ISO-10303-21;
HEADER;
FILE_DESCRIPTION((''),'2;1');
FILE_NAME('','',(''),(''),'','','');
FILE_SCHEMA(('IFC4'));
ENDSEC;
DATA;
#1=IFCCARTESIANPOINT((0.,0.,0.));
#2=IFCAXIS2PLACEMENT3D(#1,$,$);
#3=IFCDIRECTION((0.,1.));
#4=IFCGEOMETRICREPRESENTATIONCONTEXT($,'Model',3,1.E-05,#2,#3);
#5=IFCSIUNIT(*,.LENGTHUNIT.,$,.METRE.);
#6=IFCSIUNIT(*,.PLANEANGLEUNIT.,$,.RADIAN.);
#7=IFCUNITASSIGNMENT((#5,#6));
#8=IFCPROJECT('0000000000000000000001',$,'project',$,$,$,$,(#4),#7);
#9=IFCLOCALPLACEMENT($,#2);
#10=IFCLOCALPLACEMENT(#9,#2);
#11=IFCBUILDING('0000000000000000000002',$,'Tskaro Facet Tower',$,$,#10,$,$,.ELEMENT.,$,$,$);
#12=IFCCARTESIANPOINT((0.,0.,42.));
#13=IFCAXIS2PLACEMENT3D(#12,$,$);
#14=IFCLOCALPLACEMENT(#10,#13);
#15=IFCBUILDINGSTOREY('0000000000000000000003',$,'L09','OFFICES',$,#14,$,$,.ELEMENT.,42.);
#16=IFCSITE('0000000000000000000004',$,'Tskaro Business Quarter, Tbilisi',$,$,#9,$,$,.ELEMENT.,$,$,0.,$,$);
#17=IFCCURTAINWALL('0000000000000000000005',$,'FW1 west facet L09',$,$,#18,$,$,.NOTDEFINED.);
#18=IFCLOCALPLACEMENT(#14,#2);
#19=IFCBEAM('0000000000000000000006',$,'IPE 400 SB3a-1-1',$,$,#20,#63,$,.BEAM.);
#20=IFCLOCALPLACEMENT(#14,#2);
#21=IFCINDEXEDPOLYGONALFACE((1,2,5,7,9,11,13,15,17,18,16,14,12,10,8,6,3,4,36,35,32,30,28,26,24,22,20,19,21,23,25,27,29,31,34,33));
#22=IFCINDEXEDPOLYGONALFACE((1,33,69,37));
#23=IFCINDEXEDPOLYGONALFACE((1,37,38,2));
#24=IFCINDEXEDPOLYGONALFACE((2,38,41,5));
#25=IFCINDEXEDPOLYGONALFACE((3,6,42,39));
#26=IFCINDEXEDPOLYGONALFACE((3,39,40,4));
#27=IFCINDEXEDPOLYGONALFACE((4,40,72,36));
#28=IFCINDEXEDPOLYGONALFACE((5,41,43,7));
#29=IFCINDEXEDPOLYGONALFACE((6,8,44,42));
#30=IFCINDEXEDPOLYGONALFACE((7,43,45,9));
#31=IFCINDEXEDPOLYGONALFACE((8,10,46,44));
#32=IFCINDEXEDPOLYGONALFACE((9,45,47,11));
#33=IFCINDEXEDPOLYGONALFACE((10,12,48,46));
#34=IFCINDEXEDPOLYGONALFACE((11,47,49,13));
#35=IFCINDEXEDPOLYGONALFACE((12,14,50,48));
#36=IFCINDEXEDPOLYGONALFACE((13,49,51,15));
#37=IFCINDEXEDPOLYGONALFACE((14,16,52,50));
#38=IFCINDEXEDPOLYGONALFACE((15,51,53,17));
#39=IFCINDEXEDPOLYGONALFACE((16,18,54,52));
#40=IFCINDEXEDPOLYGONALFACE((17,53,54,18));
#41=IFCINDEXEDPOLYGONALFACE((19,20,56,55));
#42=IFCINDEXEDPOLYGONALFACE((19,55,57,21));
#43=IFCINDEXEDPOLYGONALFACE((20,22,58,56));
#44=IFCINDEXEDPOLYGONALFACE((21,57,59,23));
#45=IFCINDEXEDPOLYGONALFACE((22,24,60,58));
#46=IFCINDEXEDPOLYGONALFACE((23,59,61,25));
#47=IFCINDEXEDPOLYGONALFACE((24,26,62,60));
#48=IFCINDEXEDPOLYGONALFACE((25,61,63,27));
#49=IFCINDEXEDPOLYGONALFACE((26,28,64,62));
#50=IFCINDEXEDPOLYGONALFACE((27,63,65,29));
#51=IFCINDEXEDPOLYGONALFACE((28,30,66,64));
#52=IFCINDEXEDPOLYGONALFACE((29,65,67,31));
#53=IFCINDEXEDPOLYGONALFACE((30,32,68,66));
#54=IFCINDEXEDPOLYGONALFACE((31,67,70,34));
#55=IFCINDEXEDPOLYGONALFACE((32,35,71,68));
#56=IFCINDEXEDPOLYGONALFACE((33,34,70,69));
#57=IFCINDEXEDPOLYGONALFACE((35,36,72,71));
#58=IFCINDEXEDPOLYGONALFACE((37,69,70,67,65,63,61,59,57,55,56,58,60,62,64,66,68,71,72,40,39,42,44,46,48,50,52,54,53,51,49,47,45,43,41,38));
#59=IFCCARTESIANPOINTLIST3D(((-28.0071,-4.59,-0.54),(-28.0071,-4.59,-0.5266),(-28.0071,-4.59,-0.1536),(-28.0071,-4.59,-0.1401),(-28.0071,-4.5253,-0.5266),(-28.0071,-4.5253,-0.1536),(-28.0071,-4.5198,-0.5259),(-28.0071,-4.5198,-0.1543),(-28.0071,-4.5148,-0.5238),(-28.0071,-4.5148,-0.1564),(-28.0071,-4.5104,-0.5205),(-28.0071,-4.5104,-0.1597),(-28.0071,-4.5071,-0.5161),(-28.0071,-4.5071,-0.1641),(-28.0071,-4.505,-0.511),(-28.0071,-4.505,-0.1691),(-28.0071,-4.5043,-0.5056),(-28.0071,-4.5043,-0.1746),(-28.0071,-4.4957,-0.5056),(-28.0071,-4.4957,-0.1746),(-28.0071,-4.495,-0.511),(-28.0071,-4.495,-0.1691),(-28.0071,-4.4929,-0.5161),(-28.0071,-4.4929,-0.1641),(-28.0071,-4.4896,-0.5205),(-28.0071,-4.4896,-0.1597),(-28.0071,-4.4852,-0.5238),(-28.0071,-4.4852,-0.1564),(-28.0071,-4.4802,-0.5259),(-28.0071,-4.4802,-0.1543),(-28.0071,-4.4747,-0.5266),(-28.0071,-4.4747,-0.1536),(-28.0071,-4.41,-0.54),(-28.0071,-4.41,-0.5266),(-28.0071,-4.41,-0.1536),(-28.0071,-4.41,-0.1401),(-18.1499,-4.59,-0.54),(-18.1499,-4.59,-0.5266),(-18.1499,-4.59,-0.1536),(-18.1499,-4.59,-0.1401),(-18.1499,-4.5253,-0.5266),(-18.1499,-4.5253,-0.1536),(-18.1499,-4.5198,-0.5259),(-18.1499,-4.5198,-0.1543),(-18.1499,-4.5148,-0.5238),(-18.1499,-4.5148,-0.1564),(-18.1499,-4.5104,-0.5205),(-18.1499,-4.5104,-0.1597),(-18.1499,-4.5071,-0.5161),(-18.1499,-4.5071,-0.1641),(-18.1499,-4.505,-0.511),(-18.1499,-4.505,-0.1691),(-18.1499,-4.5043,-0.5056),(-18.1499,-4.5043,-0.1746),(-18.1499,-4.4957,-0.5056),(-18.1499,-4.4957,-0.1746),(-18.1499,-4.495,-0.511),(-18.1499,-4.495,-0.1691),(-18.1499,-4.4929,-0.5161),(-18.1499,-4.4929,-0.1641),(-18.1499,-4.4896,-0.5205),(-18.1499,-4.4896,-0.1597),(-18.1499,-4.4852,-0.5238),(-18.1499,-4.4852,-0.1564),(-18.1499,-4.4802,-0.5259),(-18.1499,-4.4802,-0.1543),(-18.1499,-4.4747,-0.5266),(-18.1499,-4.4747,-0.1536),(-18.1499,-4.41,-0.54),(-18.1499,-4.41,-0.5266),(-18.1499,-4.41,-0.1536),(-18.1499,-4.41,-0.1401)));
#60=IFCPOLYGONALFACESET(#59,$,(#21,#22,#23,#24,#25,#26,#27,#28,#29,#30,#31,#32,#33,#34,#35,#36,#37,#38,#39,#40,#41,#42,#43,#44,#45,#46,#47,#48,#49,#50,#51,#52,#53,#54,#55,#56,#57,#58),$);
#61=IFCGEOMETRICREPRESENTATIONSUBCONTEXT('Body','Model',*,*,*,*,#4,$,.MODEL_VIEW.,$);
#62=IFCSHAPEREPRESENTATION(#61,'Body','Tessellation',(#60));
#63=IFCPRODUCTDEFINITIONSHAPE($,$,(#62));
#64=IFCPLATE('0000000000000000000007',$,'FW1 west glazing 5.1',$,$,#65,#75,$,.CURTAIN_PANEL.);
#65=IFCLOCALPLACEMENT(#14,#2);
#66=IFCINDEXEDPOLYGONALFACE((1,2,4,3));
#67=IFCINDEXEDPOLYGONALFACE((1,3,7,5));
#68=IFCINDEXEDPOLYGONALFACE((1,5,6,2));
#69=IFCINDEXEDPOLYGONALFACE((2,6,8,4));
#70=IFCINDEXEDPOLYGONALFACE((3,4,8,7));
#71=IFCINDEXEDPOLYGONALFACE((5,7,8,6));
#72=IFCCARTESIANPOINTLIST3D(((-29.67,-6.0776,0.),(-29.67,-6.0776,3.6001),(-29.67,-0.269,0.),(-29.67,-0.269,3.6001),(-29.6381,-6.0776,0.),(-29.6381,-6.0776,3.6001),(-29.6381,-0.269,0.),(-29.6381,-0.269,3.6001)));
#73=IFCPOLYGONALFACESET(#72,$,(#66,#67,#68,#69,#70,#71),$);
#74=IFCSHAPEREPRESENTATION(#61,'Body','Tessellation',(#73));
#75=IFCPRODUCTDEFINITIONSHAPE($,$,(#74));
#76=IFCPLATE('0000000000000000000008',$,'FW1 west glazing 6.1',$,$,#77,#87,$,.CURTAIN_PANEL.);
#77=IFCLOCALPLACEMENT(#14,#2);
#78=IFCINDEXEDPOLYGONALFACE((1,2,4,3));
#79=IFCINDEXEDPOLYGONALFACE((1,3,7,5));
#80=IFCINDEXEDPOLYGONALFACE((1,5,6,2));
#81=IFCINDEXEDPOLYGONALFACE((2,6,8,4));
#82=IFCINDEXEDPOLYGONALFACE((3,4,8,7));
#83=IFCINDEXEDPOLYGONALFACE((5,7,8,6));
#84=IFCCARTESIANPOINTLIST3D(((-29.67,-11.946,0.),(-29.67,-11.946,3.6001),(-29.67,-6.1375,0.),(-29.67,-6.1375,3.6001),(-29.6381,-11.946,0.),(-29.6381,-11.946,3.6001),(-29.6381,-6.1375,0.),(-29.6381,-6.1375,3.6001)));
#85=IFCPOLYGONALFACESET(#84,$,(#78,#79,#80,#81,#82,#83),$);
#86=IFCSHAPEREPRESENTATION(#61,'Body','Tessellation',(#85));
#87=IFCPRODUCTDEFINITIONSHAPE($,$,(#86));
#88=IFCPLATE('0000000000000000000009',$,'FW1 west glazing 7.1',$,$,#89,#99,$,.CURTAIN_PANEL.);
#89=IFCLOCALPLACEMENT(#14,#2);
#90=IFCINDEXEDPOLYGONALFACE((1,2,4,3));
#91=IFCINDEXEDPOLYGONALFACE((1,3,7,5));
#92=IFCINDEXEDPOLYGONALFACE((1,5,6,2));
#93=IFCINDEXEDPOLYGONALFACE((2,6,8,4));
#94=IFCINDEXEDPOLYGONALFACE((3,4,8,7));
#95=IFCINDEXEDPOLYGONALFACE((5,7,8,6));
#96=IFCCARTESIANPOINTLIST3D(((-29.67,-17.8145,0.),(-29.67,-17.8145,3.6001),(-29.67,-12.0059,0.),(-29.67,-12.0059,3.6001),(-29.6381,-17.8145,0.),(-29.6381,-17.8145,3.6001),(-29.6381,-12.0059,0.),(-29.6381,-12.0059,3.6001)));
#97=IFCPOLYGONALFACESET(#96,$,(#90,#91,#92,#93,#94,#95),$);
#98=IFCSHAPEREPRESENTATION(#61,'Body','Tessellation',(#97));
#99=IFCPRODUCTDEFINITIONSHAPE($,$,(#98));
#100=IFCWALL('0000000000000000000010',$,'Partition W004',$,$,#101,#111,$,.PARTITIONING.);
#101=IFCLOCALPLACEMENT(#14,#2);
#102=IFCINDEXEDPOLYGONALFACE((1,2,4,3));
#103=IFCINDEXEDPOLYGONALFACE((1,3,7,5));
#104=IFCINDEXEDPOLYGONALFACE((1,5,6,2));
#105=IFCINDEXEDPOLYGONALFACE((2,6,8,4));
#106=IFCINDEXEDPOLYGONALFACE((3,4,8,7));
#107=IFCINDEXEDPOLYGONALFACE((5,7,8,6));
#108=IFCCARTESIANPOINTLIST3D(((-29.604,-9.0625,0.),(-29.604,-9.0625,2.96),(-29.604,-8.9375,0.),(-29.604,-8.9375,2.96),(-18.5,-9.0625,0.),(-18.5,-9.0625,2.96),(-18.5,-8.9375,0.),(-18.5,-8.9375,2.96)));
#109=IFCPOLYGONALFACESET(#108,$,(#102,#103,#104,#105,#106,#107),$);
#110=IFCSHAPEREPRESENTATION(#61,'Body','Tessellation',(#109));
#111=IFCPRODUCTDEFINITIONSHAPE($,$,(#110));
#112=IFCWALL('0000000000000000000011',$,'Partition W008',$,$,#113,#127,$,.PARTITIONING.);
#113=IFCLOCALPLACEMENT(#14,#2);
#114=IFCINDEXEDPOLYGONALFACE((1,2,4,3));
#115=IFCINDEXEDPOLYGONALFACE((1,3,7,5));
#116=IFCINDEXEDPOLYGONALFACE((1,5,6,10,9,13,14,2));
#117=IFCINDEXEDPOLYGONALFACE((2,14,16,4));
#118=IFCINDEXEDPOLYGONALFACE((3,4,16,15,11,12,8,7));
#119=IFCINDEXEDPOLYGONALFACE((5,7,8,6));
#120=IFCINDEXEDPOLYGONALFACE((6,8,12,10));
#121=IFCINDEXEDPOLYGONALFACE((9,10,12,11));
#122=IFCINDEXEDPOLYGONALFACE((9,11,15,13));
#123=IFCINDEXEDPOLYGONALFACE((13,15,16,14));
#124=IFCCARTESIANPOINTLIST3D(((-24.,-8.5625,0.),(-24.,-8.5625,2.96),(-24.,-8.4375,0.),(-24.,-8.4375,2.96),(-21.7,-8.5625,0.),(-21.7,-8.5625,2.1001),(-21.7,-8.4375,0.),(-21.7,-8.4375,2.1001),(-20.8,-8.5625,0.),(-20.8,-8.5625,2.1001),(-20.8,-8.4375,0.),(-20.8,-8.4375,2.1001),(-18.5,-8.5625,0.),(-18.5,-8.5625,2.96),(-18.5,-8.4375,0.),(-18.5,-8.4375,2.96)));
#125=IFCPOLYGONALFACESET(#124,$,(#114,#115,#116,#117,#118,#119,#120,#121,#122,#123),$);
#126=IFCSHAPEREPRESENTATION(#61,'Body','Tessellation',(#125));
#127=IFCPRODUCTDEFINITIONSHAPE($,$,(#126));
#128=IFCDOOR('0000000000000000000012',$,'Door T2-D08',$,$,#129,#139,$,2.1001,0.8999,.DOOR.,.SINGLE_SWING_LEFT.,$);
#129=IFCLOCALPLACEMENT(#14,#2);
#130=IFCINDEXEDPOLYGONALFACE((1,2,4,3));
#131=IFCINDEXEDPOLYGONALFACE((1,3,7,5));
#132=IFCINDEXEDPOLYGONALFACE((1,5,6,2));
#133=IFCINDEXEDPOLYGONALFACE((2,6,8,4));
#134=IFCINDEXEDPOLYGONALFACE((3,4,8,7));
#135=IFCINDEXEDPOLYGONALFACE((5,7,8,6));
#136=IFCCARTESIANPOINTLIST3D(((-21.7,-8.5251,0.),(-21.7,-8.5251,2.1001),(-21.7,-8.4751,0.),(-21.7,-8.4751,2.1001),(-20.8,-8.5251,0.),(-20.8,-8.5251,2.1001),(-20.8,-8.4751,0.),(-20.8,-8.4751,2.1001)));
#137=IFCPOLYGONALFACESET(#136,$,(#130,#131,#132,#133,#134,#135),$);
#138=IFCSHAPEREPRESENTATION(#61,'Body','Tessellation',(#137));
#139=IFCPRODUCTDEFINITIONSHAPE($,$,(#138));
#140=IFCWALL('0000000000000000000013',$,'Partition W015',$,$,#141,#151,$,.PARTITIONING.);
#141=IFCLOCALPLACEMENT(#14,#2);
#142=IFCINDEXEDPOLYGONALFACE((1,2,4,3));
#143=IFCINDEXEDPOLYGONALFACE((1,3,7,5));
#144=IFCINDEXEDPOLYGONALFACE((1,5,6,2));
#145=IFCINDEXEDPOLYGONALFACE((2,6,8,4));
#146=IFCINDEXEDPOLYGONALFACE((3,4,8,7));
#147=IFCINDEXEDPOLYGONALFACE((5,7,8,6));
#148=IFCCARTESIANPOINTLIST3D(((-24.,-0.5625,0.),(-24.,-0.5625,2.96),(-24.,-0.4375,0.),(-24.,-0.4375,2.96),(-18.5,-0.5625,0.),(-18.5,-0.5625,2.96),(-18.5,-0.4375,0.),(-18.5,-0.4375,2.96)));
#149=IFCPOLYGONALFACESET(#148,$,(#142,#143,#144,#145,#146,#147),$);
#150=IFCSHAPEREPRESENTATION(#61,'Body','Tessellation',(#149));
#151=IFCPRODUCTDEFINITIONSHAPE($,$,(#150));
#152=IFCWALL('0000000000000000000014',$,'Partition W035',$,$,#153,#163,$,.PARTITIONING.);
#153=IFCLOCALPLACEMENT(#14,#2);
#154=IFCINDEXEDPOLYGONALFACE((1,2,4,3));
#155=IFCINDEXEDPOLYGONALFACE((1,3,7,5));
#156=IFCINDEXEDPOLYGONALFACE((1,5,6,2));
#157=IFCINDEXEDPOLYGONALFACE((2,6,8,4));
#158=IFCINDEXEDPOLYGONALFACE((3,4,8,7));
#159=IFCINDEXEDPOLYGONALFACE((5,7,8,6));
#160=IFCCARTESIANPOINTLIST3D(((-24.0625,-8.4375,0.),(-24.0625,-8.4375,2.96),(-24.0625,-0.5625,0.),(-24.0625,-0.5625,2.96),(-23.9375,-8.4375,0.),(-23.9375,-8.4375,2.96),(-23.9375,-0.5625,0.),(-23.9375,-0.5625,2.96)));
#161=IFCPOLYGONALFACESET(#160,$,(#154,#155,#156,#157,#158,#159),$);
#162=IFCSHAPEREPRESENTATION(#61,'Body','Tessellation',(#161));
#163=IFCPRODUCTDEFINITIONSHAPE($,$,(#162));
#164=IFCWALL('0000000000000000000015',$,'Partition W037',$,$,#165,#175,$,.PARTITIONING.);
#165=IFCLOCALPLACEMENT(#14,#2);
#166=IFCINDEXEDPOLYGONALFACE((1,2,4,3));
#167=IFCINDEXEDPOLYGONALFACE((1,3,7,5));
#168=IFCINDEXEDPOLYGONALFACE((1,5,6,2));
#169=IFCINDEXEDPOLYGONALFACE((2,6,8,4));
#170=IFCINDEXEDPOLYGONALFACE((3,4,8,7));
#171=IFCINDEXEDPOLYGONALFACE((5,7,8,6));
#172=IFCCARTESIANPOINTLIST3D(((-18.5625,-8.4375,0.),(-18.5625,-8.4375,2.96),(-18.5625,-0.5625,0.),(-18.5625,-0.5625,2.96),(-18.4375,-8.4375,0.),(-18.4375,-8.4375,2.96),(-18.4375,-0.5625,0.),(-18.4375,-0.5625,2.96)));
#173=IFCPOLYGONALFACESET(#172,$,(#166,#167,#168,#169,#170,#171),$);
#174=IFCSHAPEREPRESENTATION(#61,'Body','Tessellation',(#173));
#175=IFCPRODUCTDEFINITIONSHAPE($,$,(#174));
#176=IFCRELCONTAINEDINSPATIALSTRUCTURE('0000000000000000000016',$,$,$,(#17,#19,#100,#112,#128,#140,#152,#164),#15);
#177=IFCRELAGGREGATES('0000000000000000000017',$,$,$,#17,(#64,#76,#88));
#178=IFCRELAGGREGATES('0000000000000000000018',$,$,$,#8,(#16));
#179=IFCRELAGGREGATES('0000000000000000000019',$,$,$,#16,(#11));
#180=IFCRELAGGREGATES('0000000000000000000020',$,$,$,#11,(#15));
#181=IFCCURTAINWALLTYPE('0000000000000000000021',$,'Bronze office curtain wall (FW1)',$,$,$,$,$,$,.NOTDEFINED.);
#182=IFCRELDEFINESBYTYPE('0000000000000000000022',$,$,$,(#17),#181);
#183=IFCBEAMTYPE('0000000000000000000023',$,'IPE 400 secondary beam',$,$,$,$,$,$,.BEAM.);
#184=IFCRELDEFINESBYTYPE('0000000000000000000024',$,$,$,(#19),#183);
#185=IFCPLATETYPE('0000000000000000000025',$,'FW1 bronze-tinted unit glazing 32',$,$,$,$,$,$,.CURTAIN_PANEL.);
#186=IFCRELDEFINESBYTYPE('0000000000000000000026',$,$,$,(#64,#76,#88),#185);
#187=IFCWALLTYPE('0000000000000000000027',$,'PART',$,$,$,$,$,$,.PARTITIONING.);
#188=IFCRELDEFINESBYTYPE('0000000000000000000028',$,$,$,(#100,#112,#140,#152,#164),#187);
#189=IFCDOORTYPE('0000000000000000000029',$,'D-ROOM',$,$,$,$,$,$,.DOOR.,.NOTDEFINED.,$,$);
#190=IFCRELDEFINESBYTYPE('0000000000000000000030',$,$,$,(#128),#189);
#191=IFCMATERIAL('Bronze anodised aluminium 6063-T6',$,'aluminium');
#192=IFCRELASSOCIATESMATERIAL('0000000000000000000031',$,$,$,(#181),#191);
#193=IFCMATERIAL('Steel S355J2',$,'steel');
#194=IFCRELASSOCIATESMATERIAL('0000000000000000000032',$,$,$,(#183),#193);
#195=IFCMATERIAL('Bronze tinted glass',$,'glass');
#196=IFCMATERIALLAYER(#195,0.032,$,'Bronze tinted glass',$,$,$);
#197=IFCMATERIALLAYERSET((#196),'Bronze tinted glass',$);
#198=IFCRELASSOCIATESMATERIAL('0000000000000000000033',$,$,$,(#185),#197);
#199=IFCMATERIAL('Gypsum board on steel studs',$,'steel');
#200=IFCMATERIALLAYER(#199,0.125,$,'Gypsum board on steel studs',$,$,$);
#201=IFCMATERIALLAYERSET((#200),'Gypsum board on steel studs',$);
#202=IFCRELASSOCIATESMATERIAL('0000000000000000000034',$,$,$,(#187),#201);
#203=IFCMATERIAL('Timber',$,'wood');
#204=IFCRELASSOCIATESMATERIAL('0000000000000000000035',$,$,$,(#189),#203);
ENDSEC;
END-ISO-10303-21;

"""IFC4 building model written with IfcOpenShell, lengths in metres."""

from ifc_helpers import new_model, si_unit, direction, frame, frame_2d, origin, origin_2d, place, context, subcontext, project, spatial, rectangle, i_section, extrude, material, layer, layer_set, material_profile, profile_set, type_object, element, fill, aggregate, save


model = new_model("IFC4")

# Units and contexts
model_context = context("Model", 3, precision=1e-05, world=origin(), true_north=direction((0.0, 1.0)))
body_context = subcontext(model_context, "Body", "Model", "MODEL_VIEW")
ifc_project = project(units=[si_unit("LENGTHUNIT", "METRE"), si_unit("PLANEANGLEUNIT", "RADIAN")], contexts=[model_context])

# Site, building, storey
site_placement = place(None, origin())
site = spatial("IfcSite", under=ifc_project, at=site_placement, Name="Tskaro Business Quarter, Tbilisi", CompositionType="ELEMENT", RefElevation=0.0)
building_placement = place(site_placement, origin())
building = spatial("IfcBuilding", under=site, at=building_placement, Name="Tskaro Facet Tower", CompositionType="ELEMENT")
storey_placement = place(building_placement, frame((0.0, 0.0, 42.0)))
storey = spatial("IfcBuildingStorey", under=building, at=storey_placement, Name="L09", Description="OFFICES", CompositionType="ELEMENT", Elevation=42.0)

# Curtain wall
ifc_material_1 = material(Name="Bronze anodised aluminium 6063-T6", Category="aluminium")
curtain_wall_type = type_object("IfcCurtainWallType", Name="Bronze office curtain wall (FW1)", PredefinedType="NOTDEFINED", material=ifc_material_1)
curtain_wall_placement = place(storey_placement, origin())
curtain_wall = element("IfcCurtainWall", 1, at=curtain_wall_placement, inside=storey, type_object=curtain_wall_type, Name="FW1 west facet L09", PredefinedType="NOTDEFINED")

# Beam
ifc_material_2 = material(Name="Steel S355J2", Category="steel")
ifc_material_profile_1 = material_profile(ifc_material_2, i_section(OverallWidth=0.1799, OverallDepth=0.3999, WebThickness=0.0085, FlangeThickness=0.0134, FilletRadius=0.021, at=origin_2d()), Name="IPE 400")
ifc_profile_set_1 = profile_set([ifc_material_profile_1], Name="Steel S355J2")
beam_type_1 = type_object("IfcBeamType", Name="IPE 400 secondary beam", PredefinedType="BEAM", material=ifc_profile_set_1)
for number, where, z_axis, x_axis, name in (
    (2, (-28.0071, -4.5, -0.3401), (1.0, 0.0, 0.0), (0.0, 1.0, 0.0), "IPE 400 SB3a-1-1"),
):
    element("IfcBeam", number, at=place(storey_placement, frame(where, z_axis=z_axis, x_axis=x_axis)), inside=storey, type_object=beam_type_1, Name=name, PredefinedType="BEAM", context=body_context, shape_type="SweptSolid", body=[
        extrude(i_section(OverallWidth=0.1799, OverallDepth=0.3999, WebThickness=0.0085, FlangeThickness=0.0134, FilletRadius=0.021, at=origin_2d()), origin(), (0.0, 0.0, 1.0), 9.8572),
    ])

# Plates
ifc_material_3 = material(Name="Bronze tinted glass", Category="glass")
ifc_layer_1 = layer(ifc_material_3, 0.032, Name="Bronze tinted glass")
ifc_layer_set_1 = layer_set([ifc_layer_1], Name="Bronze tinted glass")
plate_type = type_object("IfcPlateType", Name="FW1 bronze-tinted unit glazing 32", PredefinedType="CURTAIN_PANEL", material=ifc_layer_set_1)
plate_1_placement = place(storey_placement, frame((-29.6541, -3.1733, 0.0), z_axis=(0.0, 0.0, 1.0), x_axis=(0.0, -1.0, 0.0)))
plate_1 = element("IfcPlate", 3, at=plate_1_placement, type_object=plate_type, Name="FW1 west glazing 5.1", PredefinedType="CURTAIN_PANEL", context=body_context, shape_type="SweptSolid", body=[
    extrude(rectangle(XDim=5.8086, YDim=0.032, at=origin_2d()), origin(), (0.0, 0.0, 1.0), 3.6001),
])
plate_2_placement = place(storey_placement, frame((-29.6541, -9.0417, 0.0), z_axis=(0.0, 0.0, 1.0), x_axis=(0.0, -1.0, 0.0)))
plate_2 = element("IfcPlate", 4, at=plate_2_placement, type_object=plate_type, Name="FW1 west glazing 6.1", PredefinedType="CURTAIN_PANEL", context=body_context, shape_type="SweptSolid", body=[
    extrude(rectangle(XDim=5.8086, YDim=0.032, at=origin_2d()), origin(), (0.0, 0.0, 1.0), 3.6001),
])
plate_3_placement = place(storey_placement, frame((-29.6541, -14.9102, 0.0), z_axis=(0.0, 0.0, 1.0), x_axis=(0.0, -1.0, 0.0)))
plate_3 = element("IfcPlate", 5, at=plate_3_placement, type_object=plate_type, Name="FW1 west glazing 7.1", PredefinedType="CURTAIN_PANEL", context=body_context, shape_type="SweptSolid", body=[
    extrude(rectangle(XDim=5.8086, YDim=0.032, at=origin_2d()), origin(), (0.0, 0.0, 1.0), 3.6001),
])
aggregate(curtain_wall, [plate_1, plate_2, plate_3])

# Wall
ifc_material_4 = material(Name="Gypsum board on steel studs", Category="steel")
ifc_layer_2 = layer(ifc_material_4, 0.125, Name="Gypsum board on steel studs")
ifc_layer_set_2 = layer_set([ifc_layer_2], Name="Gypsum board on steel studs")
wall_type = type_object("IfcWallType", Name="PART", PredefinedType="PARTITIONING", material=ifc_layer_set_2)
wall_1_placement = place(storey_placement, frame((-29.604, -9.0, 0.0), z_axis=(0.0, 0.0, 1.0), x_axis=(1.0, 0.0, 0.0)))
element("IfcWall", 6, at=wall_1_placement, inside=storey, type_object=wall_type, Name="Partition W004", PredefinedType="PARTITIONING", context=body_context, shape_type="SweptSolid", body=[
    extrude(rectangle(XDim=11.104, YDim=0.125, at=frame_2d((5.552, 0.0))), origin(), (0.0, 0.0, 1.0), 2.96),
])

# Wall, opening, door
wall_2_placement = place(storey_placement, frame((-24.0, -8.5, 0.0), z_axis=(0.0, 0.0, 1.0), x_axis=(1.0, 0.0, 0.0)))
wall_2 = element("IfcWall", 7, at=wall_2_placement, inside=storey, type_object=wall_type, Name="Partition W008", PredefinedType="PARTITIONING", context=body_context, shape_type="SweptSolid", body=[
    extrude(rectangle(XDim=5.5, YDim=0.125, at=frame_2d((2.75, 0.0))), origin(), (0.0, 0.0, 1.0), 2.96),
])
opening_placement = place(wall_2_placement, frame((2.3, 0.0, 0.0)))
opening = element("IfcOpeningElement", 8, at=opening_placement, cuts=wall_2, PredefinedType="OPENING", context=body_context, shape_type="SweptSolid", body=[
    extrude(rectangle(XDim=0.8999, YDim=2.1001, at=frame_2d((0.45, 1.05))), frame((0.0, 0.0725, 0.0), z_axis=(0.0, -1.0, 0.0), x_axis=(1.0, 0.0, 0.0)), (0.0, 0.0, 1.0), 0.145),
])
ifc_material_5 = material(Name="Timber", Category="wood")
door_type = type_object("IfcDoorType", Name="D-ROOM", OperationType="NOTDEFINED", PredefinedType="DOOR", material=ifc_material_5)
door_placement = place(opening_placement, origin())
door = element("IfcDoor", 9, at=door_placement, inside=storey, type_object=door_type, Name="Door T2-D08", OperationType="SINGLE_SWING_LEFT", OverallHeight=2.1001, OverallWidth=0.8999, PredefinedType="DOOR", context=body_context, shape_type="SweptSolid", body=[
    extrude(rectangle(XDim=0.8999, YDim=2.1001, at=frame_2d((0.45, 1.05))), frame((0.0, 0.0249, 0.0), z_axis=(0.0, -1.0, 0.0), x_axis=(1.0, 0.0, 0.0)), (0.0, 0.0, 1.0), 0.05),
])
fill(opening, door)

# Walls
wall_3_placement = place(storey_placement, frame((-24.0, -0.5, 0.0), z_axis=(0.0, 0.0, 1.0), x_axis=(1.0, 0.0, 0.0)))
element("IfcWall", 10, at=wall_3_placement, inside=storey, type_object=wall_type, Name="Partition W015", PredefinedType="PARTITIONING", context=body_context, shape_type="SweptSolid", body=[
    extrude(rectangle(XDim=5.5, YDim=0.125, at=frame_2d((2.75, 0.0))), origin(), (0.0, 0.0, 1.0), 2.96),
])
for number, where, z_axis, x_axis, name in (
    (11, (-24.0, -8.4375, 0.0), (0.0, 0.0, 1.0), (0.0, 1.0, 0.0), "Partition W035"),
    (12, (-18.5, -8.4375, 0.0), (0.0, 0.0, 1.0), (0.0, 1.0, 0.0), "Partition W037"),
):
    element("IfcWall", number, at=place(storey_placement, frame(where, z_axis=z_axis, x_axis=x_axis)), inside=storey, type_object=wall_type, Name=name, PredefinedType="PARTITIONING", context=body_context, shape_type="SweptSolid", body=[
        extrude(rectangle(XDim=7.875, YDim=0.125, at=frame_2d((3.9375, 0.0))), origin(), (0.0, 0.0, 1.0), 2.96),
    ])

save(model, "model.ifc")
